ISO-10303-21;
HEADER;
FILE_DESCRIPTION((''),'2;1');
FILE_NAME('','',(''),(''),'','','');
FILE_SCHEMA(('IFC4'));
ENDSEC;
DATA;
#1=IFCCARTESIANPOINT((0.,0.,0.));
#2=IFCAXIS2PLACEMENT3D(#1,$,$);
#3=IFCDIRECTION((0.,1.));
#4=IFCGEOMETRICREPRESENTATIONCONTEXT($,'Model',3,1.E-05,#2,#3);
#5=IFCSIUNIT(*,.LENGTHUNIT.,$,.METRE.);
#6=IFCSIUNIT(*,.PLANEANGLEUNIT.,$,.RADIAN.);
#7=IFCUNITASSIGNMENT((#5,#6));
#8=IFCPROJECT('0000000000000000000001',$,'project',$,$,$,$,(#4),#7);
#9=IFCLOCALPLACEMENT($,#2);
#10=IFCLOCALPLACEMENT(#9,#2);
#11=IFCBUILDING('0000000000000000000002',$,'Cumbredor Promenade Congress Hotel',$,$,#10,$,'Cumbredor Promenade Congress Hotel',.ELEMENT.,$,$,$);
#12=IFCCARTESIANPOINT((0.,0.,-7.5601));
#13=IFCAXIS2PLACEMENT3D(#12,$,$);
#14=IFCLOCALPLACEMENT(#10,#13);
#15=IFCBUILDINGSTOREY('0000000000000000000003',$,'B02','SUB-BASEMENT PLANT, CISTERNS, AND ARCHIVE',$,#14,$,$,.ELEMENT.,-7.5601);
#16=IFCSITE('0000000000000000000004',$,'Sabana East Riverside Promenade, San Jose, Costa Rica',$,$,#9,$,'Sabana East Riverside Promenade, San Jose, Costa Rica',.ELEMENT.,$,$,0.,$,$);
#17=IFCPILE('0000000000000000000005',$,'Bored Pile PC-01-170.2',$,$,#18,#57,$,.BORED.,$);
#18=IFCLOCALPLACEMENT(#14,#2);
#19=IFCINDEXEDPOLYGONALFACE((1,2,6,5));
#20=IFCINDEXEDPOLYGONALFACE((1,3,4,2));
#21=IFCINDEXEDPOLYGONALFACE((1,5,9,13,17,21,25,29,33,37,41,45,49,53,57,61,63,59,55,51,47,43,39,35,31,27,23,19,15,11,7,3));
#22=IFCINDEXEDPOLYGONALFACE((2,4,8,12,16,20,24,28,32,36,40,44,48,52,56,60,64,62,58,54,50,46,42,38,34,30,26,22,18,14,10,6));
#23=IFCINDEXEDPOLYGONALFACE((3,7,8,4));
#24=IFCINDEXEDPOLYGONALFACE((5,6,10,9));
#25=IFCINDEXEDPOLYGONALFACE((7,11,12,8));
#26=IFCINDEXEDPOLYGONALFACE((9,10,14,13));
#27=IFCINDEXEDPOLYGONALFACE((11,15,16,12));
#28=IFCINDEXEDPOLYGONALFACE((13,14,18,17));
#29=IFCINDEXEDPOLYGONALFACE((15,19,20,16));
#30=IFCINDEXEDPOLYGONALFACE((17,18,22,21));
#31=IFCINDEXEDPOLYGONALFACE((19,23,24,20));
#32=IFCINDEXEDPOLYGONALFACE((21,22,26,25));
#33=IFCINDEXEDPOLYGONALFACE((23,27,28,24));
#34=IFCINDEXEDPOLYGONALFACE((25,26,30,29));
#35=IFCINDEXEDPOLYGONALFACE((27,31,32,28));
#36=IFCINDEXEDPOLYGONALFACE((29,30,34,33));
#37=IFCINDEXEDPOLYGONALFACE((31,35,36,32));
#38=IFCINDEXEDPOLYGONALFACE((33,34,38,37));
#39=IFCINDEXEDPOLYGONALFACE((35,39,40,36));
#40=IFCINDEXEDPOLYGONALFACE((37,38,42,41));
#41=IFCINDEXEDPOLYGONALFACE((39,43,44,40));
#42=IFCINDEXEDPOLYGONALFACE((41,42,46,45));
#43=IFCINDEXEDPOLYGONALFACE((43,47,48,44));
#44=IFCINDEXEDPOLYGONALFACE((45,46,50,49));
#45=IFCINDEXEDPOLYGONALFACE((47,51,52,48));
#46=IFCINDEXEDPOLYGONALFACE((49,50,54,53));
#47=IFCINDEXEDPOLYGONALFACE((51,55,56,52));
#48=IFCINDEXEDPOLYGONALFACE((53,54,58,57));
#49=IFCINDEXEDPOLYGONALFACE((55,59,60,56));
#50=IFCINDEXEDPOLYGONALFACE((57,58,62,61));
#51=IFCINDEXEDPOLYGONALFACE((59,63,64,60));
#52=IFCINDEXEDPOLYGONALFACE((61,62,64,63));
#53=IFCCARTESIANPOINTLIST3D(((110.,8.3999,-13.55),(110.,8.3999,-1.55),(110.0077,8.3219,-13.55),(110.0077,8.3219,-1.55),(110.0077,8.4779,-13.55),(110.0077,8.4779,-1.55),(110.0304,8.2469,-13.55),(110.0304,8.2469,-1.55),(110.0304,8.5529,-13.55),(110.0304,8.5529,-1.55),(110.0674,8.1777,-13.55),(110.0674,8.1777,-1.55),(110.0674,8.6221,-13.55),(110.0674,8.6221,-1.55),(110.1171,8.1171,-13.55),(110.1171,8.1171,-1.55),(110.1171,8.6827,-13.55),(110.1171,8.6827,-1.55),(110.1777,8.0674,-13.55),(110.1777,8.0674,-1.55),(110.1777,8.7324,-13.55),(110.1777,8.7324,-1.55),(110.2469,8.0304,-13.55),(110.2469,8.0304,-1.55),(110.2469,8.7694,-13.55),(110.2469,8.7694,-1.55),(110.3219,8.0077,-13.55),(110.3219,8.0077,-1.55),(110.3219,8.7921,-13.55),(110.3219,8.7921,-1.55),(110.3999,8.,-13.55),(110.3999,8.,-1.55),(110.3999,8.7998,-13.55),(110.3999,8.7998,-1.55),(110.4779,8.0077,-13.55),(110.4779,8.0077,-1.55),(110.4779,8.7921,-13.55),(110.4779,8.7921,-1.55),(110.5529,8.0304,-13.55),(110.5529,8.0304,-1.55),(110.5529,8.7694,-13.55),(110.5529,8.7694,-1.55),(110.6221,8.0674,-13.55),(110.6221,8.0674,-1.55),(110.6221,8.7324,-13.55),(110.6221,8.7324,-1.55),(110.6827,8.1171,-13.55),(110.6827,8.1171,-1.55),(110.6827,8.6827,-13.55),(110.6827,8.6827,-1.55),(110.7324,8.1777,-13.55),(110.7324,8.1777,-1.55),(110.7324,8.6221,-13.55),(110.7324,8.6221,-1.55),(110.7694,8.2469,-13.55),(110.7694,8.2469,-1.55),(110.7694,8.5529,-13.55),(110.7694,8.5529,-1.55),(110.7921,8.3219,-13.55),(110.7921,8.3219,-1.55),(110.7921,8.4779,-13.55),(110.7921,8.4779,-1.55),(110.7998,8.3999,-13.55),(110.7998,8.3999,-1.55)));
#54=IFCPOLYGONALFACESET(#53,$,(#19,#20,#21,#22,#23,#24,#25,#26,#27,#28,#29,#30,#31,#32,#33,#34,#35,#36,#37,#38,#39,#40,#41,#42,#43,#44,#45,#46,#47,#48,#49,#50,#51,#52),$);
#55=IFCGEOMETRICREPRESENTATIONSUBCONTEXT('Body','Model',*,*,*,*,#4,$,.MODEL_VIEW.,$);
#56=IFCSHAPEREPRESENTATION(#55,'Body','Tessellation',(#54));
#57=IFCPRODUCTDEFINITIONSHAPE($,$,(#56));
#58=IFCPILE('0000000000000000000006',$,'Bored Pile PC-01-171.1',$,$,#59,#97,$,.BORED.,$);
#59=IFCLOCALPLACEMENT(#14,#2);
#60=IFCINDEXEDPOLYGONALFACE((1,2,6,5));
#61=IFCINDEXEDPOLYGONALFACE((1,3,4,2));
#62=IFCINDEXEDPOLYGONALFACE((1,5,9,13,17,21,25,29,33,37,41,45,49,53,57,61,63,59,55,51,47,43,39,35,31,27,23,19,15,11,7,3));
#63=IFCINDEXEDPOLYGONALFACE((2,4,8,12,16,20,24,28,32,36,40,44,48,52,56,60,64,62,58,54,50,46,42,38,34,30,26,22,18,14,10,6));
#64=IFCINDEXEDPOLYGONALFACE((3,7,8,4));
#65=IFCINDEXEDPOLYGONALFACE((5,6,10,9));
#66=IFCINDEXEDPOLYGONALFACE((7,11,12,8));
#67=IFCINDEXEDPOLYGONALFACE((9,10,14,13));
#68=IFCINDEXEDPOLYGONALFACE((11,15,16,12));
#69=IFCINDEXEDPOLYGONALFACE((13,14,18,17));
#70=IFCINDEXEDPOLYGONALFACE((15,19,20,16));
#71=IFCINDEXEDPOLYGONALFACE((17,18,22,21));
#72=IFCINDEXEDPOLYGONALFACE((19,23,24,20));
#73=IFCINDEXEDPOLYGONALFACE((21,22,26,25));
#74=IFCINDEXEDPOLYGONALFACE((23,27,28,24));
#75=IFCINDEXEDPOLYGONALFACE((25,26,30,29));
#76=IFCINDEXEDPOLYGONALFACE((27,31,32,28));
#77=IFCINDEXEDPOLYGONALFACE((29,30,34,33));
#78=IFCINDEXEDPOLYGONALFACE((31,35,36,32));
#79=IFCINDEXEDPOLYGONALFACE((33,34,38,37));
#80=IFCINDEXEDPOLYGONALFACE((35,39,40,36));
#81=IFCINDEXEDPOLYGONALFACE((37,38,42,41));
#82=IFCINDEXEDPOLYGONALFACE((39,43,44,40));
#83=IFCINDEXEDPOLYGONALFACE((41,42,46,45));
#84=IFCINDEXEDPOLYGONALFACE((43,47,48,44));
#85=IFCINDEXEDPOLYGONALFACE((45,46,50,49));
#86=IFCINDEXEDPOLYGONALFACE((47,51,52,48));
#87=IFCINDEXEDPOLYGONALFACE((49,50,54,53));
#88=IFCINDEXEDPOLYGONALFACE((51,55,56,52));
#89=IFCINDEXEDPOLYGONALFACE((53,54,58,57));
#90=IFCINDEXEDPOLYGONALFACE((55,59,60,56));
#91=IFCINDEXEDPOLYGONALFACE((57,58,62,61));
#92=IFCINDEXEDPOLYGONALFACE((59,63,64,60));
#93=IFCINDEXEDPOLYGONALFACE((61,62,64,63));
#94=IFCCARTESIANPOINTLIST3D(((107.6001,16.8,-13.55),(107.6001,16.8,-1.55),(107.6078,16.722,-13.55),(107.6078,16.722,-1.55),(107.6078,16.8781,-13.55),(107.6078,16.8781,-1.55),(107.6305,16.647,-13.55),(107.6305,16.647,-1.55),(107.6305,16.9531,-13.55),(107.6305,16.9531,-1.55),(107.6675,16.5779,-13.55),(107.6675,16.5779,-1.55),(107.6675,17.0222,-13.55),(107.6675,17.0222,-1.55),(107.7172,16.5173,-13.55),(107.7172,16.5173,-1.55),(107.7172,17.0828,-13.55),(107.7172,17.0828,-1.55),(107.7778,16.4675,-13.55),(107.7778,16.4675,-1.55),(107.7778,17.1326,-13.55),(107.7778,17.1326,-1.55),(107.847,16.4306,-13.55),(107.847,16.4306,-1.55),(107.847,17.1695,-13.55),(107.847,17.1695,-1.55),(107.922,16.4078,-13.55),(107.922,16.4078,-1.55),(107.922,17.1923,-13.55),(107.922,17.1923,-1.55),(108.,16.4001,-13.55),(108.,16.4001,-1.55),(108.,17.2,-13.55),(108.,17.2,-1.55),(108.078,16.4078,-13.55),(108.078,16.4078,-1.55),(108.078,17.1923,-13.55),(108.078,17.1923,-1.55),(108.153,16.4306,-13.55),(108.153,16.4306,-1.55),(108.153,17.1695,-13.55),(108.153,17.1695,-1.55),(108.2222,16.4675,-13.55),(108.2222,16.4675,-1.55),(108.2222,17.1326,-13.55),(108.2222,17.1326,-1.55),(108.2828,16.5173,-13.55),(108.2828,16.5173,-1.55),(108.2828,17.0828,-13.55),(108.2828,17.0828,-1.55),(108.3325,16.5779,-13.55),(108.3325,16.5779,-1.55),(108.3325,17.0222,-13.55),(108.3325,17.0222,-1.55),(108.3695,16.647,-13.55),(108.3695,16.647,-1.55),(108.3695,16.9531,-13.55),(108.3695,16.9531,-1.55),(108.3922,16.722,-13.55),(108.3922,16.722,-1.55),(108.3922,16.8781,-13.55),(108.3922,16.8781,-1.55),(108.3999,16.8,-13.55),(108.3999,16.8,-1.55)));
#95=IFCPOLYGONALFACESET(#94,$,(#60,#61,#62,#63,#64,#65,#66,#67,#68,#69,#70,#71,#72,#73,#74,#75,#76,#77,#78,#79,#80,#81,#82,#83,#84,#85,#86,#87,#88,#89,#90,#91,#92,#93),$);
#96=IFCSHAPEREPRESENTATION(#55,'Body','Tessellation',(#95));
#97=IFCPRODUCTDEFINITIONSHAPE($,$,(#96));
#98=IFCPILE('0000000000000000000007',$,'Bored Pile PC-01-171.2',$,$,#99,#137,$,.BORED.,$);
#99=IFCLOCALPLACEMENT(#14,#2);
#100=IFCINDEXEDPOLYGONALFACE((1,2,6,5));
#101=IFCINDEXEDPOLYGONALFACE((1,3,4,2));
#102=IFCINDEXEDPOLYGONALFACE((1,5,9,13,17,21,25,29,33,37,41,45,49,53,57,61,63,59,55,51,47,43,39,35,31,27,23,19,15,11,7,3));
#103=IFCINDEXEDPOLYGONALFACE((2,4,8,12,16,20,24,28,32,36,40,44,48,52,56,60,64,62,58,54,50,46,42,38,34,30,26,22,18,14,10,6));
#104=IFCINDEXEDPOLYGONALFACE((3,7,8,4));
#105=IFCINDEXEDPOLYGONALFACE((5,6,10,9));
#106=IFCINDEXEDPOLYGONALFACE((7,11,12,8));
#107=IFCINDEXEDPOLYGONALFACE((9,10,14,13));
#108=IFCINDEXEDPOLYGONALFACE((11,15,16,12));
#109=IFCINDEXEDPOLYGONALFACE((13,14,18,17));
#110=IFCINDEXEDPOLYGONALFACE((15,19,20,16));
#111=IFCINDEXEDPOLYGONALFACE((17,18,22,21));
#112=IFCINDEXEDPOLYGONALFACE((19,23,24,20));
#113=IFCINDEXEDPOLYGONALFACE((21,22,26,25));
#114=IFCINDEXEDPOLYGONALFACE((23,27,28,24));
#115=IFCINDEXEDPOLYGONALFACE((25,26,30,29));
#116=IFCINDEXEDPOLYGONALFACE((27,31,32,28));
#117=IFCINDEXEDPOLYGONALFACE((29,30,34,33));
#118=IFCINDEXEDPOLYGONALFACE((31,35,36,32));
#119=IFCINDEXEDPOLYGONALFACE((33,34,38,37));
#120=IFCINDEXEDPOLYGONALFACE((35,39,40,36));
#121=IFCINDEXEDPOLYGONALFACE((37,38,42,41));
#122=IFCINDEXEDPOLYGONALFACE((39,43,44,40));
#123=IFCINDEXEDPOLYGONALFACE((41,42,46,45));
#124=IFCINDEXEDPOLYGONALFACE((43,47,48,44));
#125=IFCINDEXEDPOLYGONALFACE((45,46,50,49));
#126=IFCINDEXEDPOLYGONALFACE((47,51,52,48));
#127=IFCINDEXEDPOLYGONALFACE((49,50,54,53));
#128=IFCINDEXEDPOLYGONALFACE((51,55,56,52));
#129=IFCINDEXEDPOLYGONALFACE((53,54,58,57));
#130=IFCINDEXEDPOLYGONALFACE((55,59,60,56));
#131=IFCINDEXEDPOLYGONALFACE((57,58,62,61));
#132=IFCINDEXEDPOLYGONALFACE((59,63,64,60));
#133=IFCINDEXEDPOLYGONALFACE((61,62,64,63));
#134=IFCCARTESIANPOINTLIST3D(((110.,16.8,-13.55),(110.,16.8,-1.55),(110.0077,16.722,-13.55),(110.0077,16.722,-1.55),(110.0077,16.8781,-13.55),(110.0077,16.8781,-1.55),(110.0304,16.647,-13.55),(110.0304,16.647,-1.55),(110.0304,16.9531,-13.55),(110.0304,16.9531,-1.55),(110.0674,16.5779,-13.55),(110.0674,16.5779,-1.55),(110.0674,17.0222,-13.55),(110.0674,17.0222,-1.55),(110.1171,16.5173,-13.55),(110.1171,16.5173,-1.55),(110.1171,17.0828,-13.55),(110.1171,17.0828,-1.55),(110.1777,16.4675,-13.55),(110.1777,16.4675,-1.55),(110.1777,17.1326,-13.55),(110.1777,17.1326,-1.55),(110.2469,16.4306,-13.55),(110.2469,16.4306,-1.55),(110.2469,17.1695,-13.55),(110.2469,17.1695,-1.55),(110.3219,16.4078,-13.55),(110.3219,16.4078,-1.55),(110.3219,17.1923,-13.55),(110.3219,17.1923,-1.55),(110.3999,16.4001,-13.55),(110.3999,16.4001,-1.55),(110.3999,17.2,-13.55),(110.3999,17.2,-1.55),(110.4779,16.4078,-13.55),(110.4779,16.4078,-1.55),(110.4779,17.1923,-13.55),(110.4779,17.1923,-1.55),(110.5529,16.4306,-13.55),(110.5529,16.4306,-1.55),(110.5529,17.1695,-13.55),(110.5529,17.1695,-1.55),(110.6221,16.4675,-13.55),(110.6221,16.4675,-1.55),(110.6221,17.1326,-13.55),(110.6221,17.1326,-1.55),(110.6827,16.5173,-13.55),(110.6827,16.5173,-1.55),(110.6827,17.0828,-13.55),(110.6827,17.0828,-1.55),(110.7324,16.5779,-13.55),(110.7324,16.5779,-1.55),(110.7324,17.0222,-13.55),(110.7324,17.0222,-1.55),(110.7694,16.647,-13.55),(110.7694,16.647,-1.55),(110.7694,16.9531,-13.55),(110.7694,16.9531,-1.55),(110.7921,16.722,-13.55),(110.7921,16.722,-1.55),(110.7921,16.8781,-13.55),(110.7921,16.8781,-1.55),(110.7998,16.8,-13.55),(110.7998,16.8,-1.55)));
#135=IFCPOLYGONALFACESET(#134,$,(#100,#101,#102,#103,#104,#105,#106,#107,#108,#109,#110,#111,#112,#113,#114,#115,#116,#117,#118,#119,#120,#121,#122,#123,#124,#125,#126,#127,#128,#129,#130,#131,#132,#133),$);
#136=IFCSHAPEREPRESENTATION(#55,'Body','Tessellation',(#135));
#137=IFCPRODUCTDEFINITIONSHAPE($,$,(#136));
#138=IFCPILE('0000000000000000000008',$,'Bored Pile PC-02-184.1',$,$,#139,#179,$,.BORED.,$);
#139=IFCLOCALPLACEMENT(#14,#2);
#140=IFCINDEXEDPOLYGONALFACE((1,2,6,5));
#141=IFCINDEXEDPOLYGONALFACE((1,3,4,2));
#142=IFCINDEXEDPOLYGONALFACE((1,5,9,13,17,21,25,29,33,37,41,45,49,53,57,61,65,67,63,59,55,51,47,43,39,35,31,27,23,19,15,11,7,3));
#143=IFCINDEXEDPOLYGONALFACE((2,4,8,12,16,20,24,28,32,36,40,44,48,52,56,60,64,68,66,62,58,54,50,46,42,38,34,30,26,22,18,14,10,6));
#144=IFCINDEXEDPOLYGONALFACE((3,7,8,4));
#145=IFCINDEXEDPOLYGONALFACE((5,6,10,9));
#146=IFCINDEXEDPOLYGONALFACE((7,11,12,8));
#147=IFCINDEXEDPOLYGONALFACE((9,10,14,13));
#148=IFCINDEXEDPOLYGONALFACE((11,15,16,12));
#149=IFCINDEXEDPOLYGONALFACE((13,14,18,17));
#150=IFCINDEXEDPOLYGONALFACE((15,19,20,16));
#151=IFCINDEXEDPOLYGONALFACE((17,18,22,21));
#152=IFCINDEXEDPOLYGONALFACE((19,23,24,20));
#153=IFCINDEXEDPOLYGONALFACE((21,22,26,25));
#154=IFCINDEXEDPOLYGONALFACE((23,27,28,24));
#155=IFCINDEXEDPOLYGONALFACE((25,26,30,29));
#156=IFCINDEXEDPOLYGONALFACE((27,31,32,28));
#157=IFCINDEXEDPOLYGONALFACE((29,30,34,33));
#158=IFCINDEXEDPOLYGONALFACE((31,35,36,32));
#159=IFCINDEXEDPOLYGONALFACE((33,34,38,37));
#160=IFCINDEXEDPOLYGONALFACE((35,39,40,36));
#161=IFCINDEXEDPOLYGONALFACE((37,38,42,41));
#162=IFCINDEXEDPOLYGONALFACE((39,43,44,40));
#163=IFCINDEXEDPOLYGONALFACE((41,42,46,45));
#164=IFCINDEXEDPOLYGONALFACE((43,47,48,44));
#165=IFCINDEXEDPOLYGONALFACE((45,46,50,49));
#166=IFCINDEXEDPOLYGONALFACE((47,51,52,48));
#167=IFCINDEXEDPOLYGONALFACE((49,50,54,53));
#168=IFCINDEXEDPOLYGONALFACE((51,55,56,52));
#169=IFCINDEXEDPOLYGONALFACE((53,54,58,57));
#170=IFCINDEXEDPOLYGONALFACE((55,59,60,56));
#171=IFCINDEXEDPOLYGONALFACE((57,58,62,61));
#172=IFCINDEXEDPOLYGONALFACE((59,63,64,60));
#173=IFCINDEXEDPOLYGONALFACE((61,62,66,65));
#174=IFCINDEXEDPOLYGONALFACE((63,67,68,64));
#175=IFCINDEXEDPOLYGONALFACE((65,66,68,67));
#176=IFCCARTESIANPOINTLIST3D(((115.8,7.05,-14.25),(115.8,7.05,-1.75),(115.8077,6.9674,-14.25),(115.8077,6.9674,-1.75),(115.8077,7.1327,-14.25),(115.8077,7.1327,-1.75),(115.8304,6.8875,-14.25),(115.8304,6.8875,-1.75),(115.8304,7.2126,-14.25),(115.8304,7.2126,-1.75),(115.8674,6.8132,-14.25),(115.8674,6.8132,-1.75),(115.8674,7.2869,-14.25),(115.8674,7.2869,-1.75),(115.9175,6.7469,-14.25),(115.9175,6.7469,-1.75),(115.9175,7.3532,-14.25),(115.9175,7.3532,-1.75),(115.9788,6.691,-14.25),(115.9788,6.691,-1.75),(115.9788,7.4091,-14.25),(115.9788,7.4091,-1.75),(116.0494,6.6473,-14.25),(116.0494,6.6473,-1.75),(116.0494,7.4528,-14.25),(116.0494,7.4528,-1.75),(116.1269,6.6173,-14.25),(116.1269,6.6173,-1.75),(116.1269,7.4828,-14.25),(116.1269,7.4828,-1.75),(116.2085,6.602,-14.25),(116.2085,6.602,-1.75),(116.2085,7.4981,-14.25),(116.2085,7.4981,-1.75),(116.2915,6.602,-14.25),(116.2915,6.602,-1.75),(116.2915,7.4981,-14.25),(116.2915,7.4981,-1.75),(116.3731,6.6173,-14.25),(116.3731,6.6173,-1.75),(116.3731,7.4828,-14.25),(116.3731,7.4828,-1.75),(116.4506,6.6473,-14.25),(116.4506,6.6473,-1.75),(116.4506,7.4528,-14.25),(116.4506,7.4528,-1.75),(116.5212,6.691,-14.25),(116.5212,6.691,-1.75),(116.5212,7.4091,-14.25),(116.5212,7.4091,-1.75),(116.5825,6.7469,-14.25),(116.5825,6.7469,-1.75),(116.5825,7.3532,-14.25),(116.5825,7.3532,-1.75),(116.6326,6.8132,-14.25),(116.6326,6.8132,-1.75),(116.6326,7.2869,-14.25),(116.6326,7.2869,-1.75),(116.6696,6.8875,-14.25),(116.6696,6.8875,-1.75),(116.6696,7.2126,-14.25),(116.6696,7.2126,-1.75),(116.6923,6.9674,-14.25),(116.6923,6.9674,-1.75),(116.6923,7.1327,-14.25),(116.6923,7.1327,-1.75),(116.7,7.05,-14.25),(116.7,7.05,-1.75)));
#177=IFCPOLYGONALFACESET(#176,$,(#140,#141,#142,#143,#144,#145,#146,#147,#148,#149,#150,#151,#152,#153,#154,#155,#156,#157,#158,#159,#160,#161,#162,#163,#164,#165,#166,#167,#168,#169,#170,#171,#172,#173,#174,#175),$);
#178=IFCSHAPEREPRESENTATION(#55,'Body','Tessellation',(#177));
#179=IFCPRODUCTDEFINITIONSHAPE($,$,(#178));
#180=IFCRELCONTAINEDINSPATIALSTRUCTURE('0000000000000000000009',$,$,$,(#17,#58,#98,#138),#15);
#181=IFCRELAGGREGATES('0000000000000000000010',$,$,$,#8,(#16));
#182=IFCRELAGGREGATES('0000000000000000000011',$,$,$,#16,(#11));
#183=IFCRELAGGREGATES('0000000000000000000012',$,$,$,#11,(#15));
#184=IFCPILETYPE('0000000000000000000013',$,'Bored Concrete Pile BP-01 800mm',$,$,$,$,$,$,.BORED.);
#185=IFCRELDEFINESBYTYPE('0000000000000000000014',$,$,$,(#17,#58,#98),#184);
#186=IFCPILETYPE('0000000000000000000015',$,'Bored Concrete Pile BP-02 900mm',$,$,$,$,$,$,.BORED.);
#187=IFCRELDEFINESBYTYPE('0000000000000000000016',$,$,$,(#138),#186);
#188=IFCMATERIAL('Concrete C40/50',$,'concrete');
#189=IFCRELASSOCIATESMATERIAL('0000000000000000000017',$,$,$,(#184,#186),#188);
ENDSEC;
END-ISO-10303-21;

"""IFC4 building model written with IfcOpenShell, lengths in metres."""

from ifc_helpers import new_model, si_unit, direction, frame, origin, origin_2d, place, context, subcontext, project, spatial, circle, extrude, material, material_profile, profile_set, type_object, element, save


model = new_model("IFC4")

# Units and contexts
model_context = context("Model", 3, precision=1e-05, world=origin(), true_north=direction((0.0, 1.0)))
body_context = subcontext(model_context, "Body", "Model", "MODEL_VIEW")
ifc_project = project(units=[si_unit("LENGTHUNIT", "METRE"), si_unit("PLANEANGLEUNIT", "RADIAN")], contexts=[model_context])

# Site, building, storey
site_placement = place(None, origin())
site = spatial("IfcSite", under=ifc_project, at=site_placement, Name="Sabana East Riverside Promenade, San Jose, Costa Rica", LongName="Sabana East Riverside Promenade, San Jose, Costa Rica", CompositionType="ELEMENT", RefElevation=0.0)
building_placement = place(site_placement, origin())
building = spatial("IfcBuilding", under=site, at=building_placement, Name="Cumbredor Promenade Congress Hotel", LongName="Cumbredor Promenade Congress Hotel", CompositionType="ELEMENT")
storey_placement = place(building_placement, frame((0.0, 0.0, -7.5601)))
storey = spatial("IfcBuildingStorey", under=building, at=storey_placement, Name="B02", Description="SUB-BASEMENT PLANT, CISTERNS, AND ARCHIVE", CompositionType="ELEMENT", Elevation=-7.5601)

# Piles
ifc_material_1 = material(Name="Concrete C40/50", Category="concrete")
ifc_material_profile_1 = material_profile(ifc_material_1, circle(Radius=0.3999, at=origin_2d()), Name="PILE D800")
ifc_profile_set_1 = profile_set([ifc_material_profile_1], Name="Concrete C40/50")
pile_type_1 = type_object("IfcPileType", Name="Bored Concrete Pile BP-01 800mm", PredefinedType="BORED", material=ifc_profile_set_1)
for number, where, z_axis, x_axis, name in (
    (1, (110.3999, 8.3999, -1.55), (0.0, 0.0, -1.0), (1.0, 0.0, 0.0), "Bored Pile PC-01-170.2"),
    (2, (108.0, 16.8, -1.55), (0.0, 0.0, -1.0), (1.0, 0.0, 0.0), "Bored Pile PC-01-171.1"),
    (3, (110.3999, 16.8, -1.55), (0.0, 0.0, -1.0), (1.0, 0.0, 0.0), "Bored Pile PC-01-171.2"),
):
    element("IfcPile", number, at=place(storey_placement, frame(where, z_axis=z_axis, x_axis=x_axis)), inside=storey, type_object=pile_type_1, Name=name, PredefinedType="BORED", context=body_context, shape_type="SweptSolid", body=[
        extrude(circle(Radius=0.3999, at=origin_2d()), origin(), (0.0, 0.0, 1.0), 12.0),
    ])
ifc_material_profile_2 = material_profile(ifc_material_1, circle(Radius=0.45, at=origin_2d()), Name="PILE D900")
ifc_profile_set_2 = profile_set([ifc_material_profile_2], Name="Concrete C40/50")
pile_type_2 = type_object("IfcPileType", Name="Bored Concrete Pile BP-02 900mm", PredefinedType="BORED", material=ifc_profile_set_2)
for number, where, z_axis, x_axis, name in (
    (4, (116.25, 7.05, -1.75), (0.0, 0.0, -1.0), (1.0, 0.0, 0.0), "Bored Pile PC-02-184.1"),
):
    element("IfcPile", number, at=place(storey_placement, frame(where, z_axis=z_axis, x_axis=x_axis)), inside=storey, type_object=pile_type_2, Name=name, PredefinedType="BORED", context=body_context, shape_type="SweptSolid", body=[
        extrude(circle(Radius=0.45, at=origin_2d()), origin(), (0.0, 0.0, 1.0), 12.5),
    ])

save(model, "model.ifc")
